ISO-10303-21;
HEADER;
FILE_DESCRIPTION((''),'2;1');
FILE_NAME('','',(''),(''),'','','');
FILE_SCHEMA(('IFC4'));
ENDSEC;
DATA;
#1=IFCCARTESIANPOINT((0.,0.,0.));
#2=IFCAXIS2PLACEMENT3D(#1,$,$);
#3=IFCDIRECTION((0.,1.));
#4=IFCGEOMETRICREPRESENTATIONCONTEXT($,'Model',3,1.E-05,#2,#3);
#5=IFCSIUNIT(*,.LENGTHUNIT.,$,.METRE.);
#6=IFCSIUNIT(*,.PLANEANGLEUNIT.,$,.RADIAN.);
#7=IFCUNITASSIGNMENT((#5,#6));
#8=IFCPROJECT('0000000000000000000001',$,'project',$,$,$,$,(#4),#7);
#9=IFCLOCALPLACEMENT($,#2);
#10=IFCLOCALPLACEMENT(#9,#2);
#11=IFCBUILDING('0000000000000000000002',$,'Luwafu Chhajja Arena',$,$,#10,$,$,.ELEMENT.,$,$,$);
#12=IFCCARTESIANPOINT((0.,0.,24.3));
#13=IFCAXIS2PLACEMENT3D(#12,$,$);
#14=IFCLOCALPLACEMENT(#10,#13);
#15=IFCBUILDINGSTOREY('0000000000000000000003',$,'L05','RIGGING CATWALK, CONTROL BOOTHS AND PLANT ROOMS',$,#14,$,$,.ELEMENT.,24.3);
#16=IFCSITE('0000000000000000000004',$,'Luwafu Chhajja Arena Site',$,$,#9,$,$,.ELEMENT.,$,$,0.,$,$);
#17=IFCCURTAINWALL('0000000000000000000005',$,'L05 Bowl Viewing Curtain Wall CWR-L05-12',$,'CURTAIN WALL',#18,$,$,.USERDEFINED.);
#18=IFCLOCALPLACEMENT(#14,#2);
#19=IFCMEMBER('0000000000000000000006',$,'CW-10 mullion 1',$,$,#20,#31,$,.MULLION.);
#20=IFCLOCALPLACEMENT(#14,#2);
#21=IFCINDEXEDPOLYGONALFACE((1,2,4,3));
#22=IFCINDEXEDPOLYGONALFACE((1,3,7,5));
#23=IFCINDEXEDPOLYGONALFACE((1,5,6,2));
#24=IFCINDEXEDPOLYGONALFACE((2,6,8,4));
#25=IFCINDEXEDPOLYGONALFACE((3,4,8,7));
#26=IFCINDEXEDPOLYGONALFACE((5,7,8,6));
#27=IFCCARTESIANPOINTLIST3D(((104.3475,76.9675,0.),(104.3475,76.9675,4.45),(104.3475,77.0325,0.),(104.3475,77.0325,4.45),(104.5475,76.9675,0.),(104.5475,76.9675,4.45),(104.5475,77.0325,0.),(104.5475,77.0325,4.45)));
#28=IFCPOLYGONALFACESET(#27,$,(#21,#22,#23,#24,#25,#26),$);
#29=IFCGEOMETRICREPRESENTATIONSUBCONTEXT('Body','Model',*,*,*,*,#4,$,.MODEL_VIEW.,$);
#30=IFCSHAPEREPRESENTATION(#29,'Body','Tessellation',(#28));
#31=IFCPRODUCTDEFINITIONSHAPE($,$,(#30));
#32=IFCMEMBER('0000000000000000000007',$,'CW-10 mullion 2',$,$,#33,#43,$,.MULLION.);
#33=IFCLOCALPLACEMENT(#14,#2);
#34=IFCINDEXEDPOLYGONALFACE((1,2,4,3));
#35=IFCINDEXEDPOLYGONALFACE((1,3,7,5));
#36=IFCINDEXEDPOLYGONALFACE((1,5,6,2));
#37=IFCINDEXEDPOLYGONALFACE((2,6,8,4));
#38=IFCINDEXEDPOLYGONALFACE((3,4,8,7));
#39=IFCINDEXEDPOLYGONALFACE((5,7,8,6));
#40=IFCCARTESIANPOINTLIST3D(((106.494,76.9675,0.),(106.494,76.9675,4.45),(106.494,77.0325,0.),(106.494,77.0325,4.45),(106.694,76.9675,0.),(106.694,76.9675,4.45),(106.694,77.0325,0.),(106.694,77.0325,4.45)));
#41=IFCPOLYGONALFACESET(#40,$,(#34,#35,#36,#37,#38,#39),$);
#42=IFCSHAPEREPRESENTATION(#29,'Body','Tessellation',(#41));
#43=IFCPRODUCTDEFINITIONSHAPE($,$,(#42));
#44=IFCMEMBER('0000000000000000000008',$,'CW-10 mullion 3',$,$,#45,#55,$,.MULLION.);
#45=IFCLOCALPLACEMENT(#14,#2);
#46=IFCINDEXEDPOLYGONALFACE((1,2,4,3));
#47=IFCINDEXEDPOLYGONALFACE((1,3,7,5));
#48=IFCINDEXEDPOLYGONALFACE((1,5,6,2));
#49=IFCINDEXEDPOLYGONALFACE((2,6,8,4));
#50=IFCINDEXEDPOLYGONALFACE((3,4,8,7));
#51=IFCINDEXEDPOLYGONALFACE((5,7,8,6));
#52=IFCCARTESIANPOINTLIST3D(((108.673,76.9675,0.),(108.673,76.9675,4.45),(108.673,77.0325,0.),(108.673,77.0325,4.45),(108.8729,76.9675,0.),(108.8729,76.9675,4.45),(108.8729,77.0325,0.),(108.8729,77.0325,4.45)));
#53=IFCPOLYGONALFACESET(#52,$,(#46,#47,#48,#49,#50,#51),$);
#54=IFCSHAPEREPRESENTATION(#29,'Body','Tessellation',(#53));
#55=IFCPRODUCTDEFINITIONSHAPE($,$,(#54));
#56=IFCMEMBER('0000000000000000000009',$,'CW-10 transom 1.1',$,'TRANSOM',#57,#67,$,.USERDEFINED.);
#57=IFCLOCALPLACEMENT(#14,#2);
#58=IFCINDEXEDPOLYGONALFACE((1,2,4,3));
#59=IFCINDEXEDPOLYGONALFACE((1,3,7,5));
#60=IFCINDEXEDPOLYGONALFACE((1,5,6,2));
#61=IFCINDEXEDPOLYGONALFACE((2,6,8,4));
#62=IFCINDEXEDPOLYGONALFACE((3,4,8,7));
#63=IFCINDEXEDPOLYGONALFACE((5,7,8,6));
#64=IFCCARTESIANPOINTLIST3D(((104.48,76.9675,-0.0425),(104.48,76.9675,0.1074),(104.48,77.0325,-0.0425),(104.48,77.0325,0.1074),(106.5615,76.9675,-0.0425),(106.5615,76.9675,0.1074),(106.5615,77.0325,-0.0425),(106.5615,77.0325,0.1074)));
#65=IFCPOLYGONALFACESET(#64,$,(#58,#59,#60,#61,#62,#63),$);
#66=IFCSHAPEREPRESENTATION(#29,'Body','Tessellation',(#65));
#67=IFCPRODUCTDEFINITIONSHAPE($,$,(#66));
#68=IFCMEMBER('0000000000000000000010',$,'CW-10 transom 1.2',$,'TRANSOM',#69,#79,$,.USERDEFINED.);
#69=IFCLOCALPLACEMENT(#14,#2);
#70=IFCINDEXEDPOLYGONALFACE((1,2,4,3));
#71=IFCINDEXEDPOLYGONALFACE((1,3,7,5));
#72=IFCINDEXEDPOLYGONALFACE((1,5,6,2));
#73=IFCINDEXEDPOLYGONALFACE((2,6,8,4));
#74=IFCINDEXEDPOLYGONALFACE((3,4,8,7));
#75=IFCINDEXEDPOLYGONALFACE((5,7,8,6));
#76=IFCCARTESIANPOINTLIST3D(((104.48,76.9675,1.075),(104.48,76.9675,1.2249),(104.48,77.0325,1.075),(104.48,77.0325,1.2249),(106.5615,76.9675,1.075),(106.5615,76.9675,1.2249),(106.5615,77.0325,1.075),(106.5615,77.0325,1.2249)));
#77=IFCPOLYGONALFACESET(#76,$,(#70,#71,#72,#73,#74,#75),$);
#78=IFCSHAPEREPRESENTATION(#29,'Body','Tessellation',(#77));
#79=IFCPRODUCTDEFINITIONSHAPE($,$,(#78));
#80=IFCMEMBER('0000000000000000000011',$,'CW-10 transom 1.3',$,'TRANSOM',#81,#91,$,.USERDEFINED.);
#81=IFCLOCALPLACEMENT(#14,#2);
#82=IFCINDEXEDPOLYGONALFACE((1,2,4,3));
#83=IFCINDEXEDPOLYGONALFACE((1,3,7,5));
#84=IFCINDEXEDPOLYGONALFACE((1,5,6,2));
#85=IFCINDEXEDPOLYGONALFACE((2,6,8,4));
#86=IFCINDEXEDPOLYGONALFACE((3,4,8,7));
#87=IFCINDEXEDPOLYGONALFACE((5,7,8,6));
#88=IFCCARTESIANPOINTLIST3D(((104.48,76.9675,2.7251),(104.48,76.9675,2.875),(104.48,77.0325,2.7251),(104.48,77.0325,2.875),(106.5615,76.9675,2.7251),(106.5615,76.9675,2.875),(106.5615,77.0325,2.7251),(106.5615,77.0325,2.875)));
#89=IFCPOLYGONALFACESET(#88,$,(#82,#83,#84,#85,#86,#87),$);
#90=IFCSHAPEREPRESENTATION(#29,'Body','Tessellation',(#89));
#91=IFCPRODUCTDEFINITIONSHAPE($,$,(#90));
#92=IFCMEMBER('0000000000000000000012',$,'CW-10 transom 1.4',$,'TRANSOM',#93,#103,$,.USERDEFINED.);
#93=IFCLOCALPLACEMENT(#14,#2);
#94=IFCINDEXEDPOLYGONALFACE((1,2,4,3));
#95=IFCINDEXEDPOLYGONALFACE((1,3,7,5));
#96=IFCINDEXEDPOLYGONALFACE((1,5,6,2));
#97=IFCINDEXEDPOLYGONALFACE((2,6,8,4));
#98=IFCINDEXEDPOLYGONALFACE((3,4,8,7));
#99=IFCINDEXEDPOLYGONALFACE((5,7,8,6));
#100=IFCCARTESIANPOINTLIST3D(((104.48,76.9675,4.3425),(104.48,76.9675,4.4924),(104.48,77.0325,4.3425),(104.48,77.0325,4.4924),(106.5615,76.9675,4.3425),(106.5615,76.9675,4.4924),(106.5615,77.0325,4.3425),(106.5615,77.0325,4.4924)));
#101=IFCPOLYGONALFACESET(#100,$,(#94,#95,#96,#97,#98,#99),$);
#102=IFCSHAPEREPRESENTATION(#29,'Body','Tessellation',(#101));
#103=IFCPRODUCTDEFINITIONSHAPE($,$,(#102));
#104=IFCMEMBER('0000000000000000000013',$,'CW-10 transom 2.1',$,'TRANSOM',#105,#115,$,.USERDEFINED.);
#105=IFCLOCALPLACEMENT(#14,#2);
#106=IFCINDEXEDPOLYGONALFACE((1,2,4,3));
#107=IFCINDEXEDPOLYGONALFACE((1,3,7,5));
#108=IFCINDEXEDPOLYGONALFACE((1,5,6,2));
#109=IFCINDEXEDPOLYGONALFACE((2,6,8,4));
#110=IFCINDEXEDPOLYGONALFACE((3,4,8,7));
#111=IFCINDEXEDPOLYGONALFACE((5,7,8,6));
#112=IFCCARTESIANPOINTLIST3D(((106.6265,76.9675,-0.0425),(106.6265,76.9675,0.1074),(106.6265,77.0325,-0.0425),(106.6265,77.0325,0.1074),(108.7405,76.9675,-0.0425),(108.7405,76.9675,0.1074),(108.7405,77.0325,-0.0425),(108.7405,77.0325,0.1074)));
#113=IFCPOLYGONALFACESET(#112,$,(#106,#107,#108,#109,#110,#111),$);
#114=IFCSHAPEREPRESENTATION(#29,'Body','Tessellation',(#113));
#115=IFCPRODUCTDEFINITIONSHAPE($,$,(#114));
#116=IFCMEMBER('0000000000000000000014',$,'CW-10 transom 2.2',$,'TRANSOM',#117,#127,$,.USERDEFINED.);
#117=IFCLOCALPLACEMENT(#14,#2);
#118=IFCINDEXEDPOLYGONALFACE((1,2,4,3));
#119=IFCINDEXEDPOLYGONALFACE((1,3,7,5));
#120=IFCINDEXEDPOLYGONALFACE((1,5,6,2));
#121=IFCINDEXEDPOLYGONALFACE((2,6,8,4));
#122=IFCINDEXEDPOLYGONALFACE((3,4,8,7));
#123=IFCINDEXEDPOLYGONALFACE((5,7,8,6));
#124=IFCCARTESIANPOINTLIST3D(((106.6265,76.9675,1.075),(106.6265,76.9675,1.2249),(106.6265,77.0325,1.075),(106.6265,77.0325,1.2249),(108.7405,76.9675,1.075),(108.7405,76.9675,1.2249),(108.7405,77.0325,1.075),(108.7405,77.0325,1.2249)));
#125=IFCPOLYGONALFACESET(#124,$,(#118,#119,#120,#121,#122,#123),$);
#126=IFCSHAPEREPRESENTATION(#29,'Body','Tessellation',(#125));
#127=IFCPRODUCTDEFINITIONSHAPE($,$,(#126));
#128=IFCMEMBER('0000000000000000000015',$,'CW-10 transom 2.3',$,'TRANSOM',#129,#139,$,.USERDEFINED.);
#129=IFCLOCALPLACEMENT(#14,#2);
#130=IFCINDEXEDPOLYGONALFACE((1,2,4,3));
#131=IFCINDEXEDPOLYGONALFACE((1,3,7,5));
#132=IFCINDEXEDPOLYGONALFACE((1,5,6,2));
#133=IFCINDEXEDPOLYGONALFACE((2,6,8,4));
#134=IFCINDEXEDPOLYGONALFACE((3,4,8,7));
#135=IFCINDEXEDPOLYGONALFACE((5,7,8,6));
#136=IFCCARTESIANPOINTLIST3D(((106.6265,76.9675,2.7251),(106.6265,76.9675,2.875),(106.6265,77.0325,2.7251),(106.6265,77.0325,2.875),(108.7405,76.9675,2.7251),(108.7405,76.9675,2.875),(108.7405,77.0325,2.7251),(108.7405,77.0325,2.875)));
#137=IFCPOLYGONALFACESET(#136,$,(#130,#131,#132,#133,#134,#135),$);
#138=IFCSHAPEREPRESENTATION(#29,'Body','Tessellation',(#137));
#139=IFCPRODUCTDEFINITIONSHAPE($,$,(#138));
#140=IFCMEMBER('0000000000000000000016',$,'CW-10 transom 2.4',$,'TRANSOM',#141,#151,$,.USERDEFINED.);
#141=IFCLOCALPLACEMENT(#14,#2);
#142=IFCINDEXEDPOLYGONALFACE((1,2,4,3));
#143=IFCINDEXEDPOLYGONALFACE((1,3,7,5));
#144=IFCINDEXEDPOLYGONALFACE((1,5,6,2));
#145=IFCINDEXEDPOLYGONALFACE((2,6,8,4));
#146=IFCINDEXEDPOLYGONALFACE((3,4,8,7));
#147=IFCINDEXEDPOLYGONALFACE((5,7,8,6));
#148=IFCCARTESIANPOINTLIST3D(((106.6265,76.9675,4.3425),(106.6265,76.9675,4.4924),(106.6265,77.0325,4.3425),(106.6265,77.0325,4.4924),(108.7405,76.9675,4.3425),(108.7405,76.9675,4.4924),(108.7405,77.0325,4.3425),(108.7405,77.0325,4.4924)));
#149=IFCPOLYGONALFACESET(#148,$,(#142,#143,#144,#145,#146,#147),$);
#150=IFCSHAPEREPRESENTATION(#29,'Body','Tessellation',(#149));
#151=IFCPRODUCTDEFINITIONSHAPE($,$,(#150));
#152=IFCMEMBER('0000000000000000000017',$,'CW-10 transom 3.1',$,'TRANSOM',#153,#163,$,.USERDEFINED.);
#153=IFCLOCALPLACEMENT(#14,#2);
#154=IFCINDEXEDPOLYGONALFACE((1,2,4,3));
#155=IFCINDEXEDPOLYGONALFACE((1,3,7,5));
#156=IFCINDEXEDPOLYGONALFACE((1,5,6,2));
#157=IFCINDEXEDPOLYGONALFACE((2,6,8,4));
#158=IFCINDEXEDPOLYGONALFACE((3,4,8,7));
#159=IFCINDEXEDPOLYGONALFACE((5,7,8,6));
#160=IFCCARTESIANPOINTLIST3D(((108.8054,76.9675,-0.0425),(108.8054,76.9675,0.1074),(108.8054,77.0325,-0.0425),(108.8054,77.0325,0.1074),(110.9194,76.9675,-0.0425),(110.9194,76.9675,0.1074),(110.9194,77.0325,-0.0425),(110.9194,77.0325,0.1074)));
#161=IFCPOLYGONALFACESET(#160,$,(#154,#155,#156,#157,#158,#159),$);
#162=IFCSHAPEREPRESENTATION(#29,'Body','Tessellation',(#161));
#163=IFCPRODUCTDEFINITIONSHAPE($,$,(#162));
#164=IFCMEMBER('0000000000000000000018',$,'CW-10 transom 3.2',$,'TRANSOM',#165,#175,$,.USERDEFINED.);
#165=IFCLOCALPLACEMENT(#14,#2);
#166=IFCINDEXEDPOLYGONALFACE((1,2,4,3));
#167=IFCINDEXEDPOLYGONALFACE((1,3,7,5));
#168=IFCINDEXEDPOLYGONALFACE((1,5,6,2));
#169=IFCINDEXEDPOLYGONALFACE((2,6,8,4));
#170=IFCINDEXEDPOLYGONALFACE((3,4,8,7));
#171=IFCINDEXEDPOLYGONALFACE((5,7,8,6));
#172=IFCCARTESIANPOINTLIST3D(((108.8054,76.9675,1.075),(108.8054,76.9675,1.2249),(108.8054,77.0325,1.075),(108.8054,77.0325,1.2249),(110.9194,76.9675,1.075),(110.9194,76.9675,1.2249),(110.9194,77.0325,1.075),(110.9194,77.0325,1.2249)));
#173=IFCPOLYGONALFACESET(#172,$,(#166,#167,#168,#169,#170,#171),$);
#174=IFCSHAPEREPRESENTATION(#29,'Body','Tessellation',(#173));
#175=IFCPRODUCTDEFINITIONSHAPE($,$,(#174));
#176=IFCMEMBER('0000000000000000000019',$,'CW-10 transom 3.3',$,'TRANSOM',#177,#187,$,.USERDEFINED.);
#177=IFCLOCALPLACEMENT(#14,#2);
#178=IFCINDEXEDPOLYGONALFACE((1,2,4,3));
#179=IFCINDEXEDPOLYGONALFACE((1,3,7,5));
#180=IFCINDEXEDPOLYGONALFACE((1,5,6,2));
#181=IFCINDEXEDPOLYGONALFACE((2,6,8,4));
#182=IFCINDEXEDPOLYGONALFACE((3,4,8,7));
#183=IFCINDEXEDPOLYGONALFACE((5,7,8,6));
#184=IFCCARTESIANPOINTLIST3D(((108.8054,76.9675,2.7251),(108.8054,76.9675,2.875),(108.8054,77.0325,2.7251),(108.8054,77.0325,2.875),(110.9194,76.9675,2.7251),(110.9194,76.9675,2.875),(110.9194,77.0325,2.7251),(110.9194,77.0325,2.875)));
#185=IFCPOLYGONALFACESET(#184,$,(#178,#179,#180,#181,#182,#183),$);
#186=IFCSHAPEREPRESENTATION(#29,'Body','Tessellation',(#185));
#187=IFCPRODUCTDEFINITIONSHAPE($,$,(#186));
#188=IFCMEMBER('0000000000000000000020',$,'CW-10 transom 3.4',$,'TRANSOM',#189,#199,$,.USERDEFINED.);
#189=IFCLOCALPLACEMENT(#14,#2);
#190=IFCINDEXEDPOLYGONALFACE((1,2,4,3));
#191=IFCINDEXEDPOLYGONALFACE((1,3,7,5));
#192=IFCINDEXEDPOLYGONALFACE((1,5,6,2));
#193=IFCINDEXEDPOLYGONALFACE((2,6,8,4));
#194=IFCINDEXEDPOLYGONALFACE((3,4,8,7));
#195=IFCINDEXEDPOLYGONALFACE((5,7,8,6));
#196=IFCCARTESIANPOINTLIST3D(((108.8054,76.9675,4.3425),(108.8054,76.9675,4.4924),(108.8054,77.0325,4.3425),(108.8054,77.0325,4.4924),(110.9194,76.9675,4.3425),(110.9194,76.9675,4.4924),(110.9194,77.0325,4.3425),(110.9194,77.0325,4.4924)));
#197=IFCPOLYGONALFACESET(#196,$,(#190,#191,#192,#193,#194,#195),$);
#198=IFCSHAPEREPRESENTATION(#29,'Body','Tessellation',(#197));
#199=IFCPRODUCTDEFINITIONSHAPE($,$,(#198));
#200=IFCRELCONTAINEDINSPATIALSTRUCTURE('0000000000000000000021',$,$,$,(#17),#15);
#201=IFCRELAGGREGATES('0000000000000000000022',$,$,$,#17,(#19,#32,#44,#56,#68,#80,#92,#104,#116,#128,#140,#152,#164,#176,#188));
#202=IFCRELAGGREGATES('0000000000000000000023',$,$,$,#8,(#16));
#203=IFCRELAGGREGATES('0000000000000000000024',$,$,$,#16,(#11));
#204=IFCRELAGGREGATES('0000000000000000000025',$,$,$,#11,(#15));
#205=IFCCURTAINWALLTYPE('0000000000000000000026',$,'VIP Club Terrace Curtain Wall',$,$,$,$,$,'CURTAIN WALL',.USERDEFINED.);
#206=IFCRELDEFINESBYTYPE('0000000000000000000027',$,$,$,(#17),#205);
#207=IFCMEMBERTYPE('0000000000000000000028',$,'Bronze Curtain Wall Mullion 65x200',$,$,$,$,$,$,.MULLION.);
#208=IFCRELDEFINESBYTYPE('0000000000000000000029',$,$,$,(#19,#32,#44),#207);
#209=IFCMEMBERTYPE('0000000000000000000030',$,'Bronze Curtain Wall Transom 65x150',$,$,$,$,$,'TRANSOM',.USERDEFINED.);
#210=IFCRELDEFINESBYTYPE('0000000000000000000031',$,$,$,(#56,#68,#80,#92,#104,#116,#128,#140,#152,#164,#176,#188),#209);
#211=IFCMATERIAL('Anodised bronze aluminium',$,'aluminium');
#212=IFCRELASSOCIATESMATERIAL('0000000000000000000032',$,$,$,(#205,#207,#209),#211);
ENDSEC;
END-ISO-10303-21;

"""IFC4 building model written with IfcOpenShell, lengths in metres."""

from ifc_helpers import new_model, si_unit, direction, frame, origin, origin_2d, place, context, subcontext, project, spatial, rectangle, extrude, material, material_profile, profile_set, type_object, element, aggregate, save


model = new_model("IFC4")

# Units and contexts
model_context = context("Model", 3, precision=1e-05, world=origin(), true_north=direction((0.0, 1.0)))
body_context = subcontext(model_context, "Body", "Model", "MODEL_VIEW")
ifc_project = project(units=[si_unit("LENGTHUNIT", "METRE"), si_unit("PLANEANGLEUNIT", "RADIAN")], contexts=[model_context])

# Site, building, storey
site_placement = place(None, origin())
site = spatial("IfcSite", under=ifc_project, at=site_placement, Name="Luwafu Chhajja Arena Site", CompositionType="ELEMENT", RefElevation=0.0)
building_placement = place(site_placement, origin())
building = spatial("IfcBuilding", under=site, at=building_placement, Name="Luwafu Chhajja Arena", CompositionType="ELEMENT")
storey_placement = place(building_placement, frame((0.0, 0.0, 24.3)))
storey = spatial("IfcBuildingStorey", under=building, at=storey_placement, Name="L05", Description="RIGGING CATWALK, CONTROL BOOTHS AND PLANT ROOMS", CompositionType="ELEMENT", Elevation=24.3)

# Curtain wall, members
ifc_material_1 = material(Name="Anodised bronze aluminium", Category="aluminium")
curtain_wall_type = type_object("IfcCurtainWallType", Name="VIP Club Terrace Curtain Wall", ElementType="CURTAIN WALL", PredefinedType="USERDEFINED", material=ifc_material_1)
curtain_wall_placement = place(storey_placement, origin())
curtain_wall = element("IfcCurtainWall", 1, at=curtain_wall_placement, inside=storey, type_object=curtain_wall_type, Name="L05 Bowl Viewing Curtain Wall CWR-L05-12", ObjectType="CURTAIN WALL", PredefinedType="USERDEFINED")
ifc_material_profile_1 = material_profile(ifc_material_1, rectangle(XDim=0.0649, YDim=0.2, at=origin_2d()), Name="CWM 65x200")
ifc_profile_set_1 = profile_set([ifc_material_profile_1], Name="Anodised bronze aluminium")
member_type_1 = type_object("IfcMemberType", Name="Bronze Curtain Wall Mullion 65x200", PredefinedType="MULLION", material=ifc_profile_set_1)
member_1_placement = place(storey_placement, frame((104.4475, 77.0, 0.0), z_axis=(0.0, 0.0, 1.0), x_axis=(0.0, 1.0, 0.0)))
member_1 = element("IfcMember", 2, at=member_1_placement, type_object=member_type_1, Name="CW-10 mullion 1", PredefinedType="MULLION", context=body_context, shape_type="SweptSolid", body=[
    extrude(rectangle(XDim=0.0649, YDim=0.2, at=origin_2d()), origin(), (0.0, 0.0, 1.0), 4.45),
])
member_2_placement = place(storey_placement, frame((106.594, 77.0, 0.0), z_axis=(0.0, 0.0, 1.0), x_axis=(0.0, 1.0, 0.0)))
member_2 = element("IfcMember", 3, at=member_2_placement, type_object=member_type_1, Name="CW-10 mullion 2", PredefinedType="MULLION", context=body_context, shape_type="SweptSolid", body=[
    extrude(rectangle(XDim=0.0649, YDim=0.2, at=origin_2d()), origin(), (0.0, 0.0, 1.0), 4.45),
])
member_3_placement = place(storey_placement, frame((108.7729, 77.0, 0.0), z_axis=(0.0, 0.0, 1.0), x_axis=(0.0, 1.0, 0.0)))
member_3 = element("IfcMember", 4, at=member_3_placement, type_object=member_type_1, Name="CW-10 mullion 3", PredefinedType="MULLION", context=body_context, shape_type="SweptSolid", body=[
    extrude(rectangle(XDim=0.0649, YDim=0.2, at=origin_2d()), origin(), (0.0, 0.0, 1.0), 4.45),
])
ifc_material_profile_2 = material_profile(ifc_material_1, rectangle(XDim=0.0649, YDim=0.1499, at=origin_2d()), Name="CWT 65x150")
ifc_profile_set_2 = profile_set([ifc_material_profile_2], Name="Anodised bronze aluminium")
member_type_2 = type_object("IfcMemberType", Name="Bronze Curtain Wall Transom 65x150", ElementType="TRANSOM", PredefinedType="USERDEFINED", material=ifc_profile_set_2)
member_4_placement = place(storey_placement, frame((104.48, 77.0, 0.0325), z_axis=(1.0, 0.0, 0.0), x_axis=(0.0, 1.0, 0.0)))
member_4 = element("IfcMember", 5, at=member_4_placement, type_object=member_type_2, Name="CW-10 transom 1.1", ObjectType="TRANSOM", PredefinedType="USERDEFINED", context=body_context, shape_type="SweptSolid", body=[
    extrude(rectangle(XDim=0.0649, YDim=0.1499, at=origin_2d()), origin(), (0.0, 0.0, 1.0), 2.0815),
])
member_5_placement = place(storey_placement, frame((104.48, 77.0, 1.1499), z_axis=(1.0, 0.0, 0.0), x_axis=(0.0, 1.0, 0.0)))
member_5 = element("IfcMember", 6, at=member_5_placement, type_object=member_type_2, Name="CW-10 transom 1.2", ObjectType="TRANSOM", PredefinedType="USERDEFINED", context=body_context, shape_type="SweptSolid", body=[
    extrude(rectangle(XDim=0.0649, YDim=0.1499, at=origin_2d()), origin(), (0.0, 0.0, 1.0), 2.0815),
])
member_6_placement = place(storey_placement, frame((104.48, 77.0, 2.8), z_axis=(1.0, 0.0, 0.0), x_axis=(0.0, 1.0, 0.0)))
member_6 = element("IfcMember", 7, at=member_6_placement, type_object=member_type_2, Name="CW-10 transom 1.3", ObjectType="TRANSOM", PredefinedType="USERDEFINED", context=body_context, shape_type="SweptSolid", body=[
    extrude(rectangle(XDim=0.0649, YDim=0.1499, at=origin_2d()), origin(), (0.0, 0.0, 1.0), 2.0815),
])
member_7_placement = place(storey_placement, frame((104.48, 77.0, 4.4175), z_axis=(1.0, 0.0, 0.0), x_axis=(0.0, 1.0, 0.0)))
member_7 = element("IfcMember", 8, at=member_7_placement, type_object=member_type_2, Name="CW-10 transom 1.4", ObjectType="TRANSOM", PredefinedType="USERDEFINED", context=body_context, shape_type="SweptSolid", body=[
    extrude(rectangle(XDim=0.0649, YDim=0.1499, at=origin_2d()), origin(), (0.0, 0.0, 1.0), 2.0815),
])
member_8_placement = place(storey_placement, frame((106.6265, 77.0, 0.0325), z_axis=(1.0, 0.0, 0.0), x_axis=(0.0, 1.0, 0.0)))
member_8 = element("IfcMember", 9, at=member_8_placement, type_object=member_type_2, Name="CW-10 transom 2.1", ObjectType="TRANSOM", PredefinedType="USERDEFINED", context=body_context, shape_type="SweptSolid", body=[
    extrude(rectangle(XDim=0.0649, YDim=0.1499, at=origin_2d()), origin(), (0.0, 0.0, 1.0), 2.114),
])
member_9_placement = place(storey_placement, frame((106.6265, 77.0, 1.1499), z_axis=(1.0, 0.0, 0.0), x_axis=(0.0, 1.0, 0.0)))
member_9 = element("IfcMember", 10, at=member_9_placement, type_object=member_type_2, Name="CW-10 transom 2.2", ObjectType="TRANSOM", PredefinedType="USERDEFINED", context=body_context, shape_type="SweptSolid", body=[
    extrude(rectangle(XDim=0.0649, YDim=0.1499, at=origin_2d()), origin(), (0.0, 0.0, 1.0), 2.114),
])
member_10_placement = place(storey_placement, frame((106.6265, 77.0, 2.8), z_axis=(1.0, 0.0, 0.0), x_axis=(0.0, 1.0, 0.0)))
member_10 = element("IfcMember", 11, at=member_10_placement, type_object=member_type_2, Name="CW-10 transom 2.3", ObjectType="TRANSOM", PredefinedType="USERDEFINED", context=body_context, shape_type="SweptSolid", body=[
    extrude(rectangle(XDim=0.0649, YDim=0.1499, at=origin_2d()), origin(), (0.0, 0.0, 1.0), 2.114),
])
member_11_placement = place(storey_placement, frame((106.6265, 77.0, 4.4175), z_axis=(1.0, 0.0, 0.0), x_axis=(0.0, 1.0, 0.0)))
member_11 = element("IfcMember", 12, at=member_11_placement, type_object=member_type_2, Name="CW-10 transom 2.4", ObjectType="TRANSOM", PredefinedType="USERDEFINED", context=body_context, shape_type="SweptSolid", body=[
    extrude(rectangle(XDim=0.0649, YDim=0.1499, at=origin_2d()), origin(), (0.0, 0.0, 1.0), 2.114),
])
member_12_placement = place(storey_placement, frame((108.8054, 77.0, 0.0325), z_axis=(1.0, 0.0, 0.0), x_axis=(0.0, 1.0, 0.0)))
member_12 = element("IfcMember", 13, at=member_12_placement, type_object=member_type_2, Name="CW-10 transom 3.1", ObjectType="TRANSOM", PredefinedType="USERDEFINED", context=body_context, shape_type="SweptSolid", body=[
    extrude(rectangle(XDim=0.0649, YDim=0.1499, at=origin_2d()), origin(), (0.0, 0.0, 1.0), 2.114),
])
member_13_placement = place(storey_placement, frame((108.8054, 77.0, 1.1499), z_axis=(1.0, 0.0, 0.0), x_axis=(0.0, 1.0, 0.0)))
member_13 = element("IfcMember", 14, at=member_13_placement, type_object=member_type_2, Name="CW-10 transom 3.2", ObjectType="TRANSOM", PredefinedType="USERDEFINED", context=body_context, shape_type="SweptSolid", body=[
    extrude(rectangle(XDim=0.0649, YDim=0.1499, at=origin_2d()), origin(), (0.0, 0.0, 1.0), 2.114),
])
member_14_placement = place(storey_placement, frame((108.8054, 77.0, 2.8), z_axis=(1.0, 0.0, 0.0), x_axis=(0.0, 1.0, 0.0)))
member_14 = element("IfcMember", 15, at=member_14_placement, type_object=member_type_2, Name="CW-10 transom 3.3", ObjectType="TRANSOM", PredefinedType="USERDEFINED", context=body_context, shape_type="SweptSolid", body=[
    extrude(rectangle(XDim=0.0649, YDim=0.1499, at=origin_2d()), origin(), (0.0, 0.0, 1.0), 2.114),
])
member_15_placement = place(storey_placement, frame((108.8054, 77.0, 4.4175), z_axis=(1.0, 0.0, 0.0), x_axis=(0.0, 1.0, 0.0)))
member_15 = element("IfcMember", 16, at=member_15_placement, type_object=member_type_2, Name="CW-10 transom 3.4", ObjectType="TRANSOM", PredefinedType="USERDEFINED", context=body_context, shape_type="SweptSolid", body=[
    extrude(rectangle(XDim=0.0649, YDim=0.1499, at=origin_2d()), origin(), (0.0, 0.0, 1.0), 2.114),
])

aggregate(curtain_wall, [member_1, member_2, member_3, member_4, member_5, member_6, member_7, member_8, member_9, member_10, member_11, member_12, member_13, member_14, member_15])

save(model, "model.ifc")
